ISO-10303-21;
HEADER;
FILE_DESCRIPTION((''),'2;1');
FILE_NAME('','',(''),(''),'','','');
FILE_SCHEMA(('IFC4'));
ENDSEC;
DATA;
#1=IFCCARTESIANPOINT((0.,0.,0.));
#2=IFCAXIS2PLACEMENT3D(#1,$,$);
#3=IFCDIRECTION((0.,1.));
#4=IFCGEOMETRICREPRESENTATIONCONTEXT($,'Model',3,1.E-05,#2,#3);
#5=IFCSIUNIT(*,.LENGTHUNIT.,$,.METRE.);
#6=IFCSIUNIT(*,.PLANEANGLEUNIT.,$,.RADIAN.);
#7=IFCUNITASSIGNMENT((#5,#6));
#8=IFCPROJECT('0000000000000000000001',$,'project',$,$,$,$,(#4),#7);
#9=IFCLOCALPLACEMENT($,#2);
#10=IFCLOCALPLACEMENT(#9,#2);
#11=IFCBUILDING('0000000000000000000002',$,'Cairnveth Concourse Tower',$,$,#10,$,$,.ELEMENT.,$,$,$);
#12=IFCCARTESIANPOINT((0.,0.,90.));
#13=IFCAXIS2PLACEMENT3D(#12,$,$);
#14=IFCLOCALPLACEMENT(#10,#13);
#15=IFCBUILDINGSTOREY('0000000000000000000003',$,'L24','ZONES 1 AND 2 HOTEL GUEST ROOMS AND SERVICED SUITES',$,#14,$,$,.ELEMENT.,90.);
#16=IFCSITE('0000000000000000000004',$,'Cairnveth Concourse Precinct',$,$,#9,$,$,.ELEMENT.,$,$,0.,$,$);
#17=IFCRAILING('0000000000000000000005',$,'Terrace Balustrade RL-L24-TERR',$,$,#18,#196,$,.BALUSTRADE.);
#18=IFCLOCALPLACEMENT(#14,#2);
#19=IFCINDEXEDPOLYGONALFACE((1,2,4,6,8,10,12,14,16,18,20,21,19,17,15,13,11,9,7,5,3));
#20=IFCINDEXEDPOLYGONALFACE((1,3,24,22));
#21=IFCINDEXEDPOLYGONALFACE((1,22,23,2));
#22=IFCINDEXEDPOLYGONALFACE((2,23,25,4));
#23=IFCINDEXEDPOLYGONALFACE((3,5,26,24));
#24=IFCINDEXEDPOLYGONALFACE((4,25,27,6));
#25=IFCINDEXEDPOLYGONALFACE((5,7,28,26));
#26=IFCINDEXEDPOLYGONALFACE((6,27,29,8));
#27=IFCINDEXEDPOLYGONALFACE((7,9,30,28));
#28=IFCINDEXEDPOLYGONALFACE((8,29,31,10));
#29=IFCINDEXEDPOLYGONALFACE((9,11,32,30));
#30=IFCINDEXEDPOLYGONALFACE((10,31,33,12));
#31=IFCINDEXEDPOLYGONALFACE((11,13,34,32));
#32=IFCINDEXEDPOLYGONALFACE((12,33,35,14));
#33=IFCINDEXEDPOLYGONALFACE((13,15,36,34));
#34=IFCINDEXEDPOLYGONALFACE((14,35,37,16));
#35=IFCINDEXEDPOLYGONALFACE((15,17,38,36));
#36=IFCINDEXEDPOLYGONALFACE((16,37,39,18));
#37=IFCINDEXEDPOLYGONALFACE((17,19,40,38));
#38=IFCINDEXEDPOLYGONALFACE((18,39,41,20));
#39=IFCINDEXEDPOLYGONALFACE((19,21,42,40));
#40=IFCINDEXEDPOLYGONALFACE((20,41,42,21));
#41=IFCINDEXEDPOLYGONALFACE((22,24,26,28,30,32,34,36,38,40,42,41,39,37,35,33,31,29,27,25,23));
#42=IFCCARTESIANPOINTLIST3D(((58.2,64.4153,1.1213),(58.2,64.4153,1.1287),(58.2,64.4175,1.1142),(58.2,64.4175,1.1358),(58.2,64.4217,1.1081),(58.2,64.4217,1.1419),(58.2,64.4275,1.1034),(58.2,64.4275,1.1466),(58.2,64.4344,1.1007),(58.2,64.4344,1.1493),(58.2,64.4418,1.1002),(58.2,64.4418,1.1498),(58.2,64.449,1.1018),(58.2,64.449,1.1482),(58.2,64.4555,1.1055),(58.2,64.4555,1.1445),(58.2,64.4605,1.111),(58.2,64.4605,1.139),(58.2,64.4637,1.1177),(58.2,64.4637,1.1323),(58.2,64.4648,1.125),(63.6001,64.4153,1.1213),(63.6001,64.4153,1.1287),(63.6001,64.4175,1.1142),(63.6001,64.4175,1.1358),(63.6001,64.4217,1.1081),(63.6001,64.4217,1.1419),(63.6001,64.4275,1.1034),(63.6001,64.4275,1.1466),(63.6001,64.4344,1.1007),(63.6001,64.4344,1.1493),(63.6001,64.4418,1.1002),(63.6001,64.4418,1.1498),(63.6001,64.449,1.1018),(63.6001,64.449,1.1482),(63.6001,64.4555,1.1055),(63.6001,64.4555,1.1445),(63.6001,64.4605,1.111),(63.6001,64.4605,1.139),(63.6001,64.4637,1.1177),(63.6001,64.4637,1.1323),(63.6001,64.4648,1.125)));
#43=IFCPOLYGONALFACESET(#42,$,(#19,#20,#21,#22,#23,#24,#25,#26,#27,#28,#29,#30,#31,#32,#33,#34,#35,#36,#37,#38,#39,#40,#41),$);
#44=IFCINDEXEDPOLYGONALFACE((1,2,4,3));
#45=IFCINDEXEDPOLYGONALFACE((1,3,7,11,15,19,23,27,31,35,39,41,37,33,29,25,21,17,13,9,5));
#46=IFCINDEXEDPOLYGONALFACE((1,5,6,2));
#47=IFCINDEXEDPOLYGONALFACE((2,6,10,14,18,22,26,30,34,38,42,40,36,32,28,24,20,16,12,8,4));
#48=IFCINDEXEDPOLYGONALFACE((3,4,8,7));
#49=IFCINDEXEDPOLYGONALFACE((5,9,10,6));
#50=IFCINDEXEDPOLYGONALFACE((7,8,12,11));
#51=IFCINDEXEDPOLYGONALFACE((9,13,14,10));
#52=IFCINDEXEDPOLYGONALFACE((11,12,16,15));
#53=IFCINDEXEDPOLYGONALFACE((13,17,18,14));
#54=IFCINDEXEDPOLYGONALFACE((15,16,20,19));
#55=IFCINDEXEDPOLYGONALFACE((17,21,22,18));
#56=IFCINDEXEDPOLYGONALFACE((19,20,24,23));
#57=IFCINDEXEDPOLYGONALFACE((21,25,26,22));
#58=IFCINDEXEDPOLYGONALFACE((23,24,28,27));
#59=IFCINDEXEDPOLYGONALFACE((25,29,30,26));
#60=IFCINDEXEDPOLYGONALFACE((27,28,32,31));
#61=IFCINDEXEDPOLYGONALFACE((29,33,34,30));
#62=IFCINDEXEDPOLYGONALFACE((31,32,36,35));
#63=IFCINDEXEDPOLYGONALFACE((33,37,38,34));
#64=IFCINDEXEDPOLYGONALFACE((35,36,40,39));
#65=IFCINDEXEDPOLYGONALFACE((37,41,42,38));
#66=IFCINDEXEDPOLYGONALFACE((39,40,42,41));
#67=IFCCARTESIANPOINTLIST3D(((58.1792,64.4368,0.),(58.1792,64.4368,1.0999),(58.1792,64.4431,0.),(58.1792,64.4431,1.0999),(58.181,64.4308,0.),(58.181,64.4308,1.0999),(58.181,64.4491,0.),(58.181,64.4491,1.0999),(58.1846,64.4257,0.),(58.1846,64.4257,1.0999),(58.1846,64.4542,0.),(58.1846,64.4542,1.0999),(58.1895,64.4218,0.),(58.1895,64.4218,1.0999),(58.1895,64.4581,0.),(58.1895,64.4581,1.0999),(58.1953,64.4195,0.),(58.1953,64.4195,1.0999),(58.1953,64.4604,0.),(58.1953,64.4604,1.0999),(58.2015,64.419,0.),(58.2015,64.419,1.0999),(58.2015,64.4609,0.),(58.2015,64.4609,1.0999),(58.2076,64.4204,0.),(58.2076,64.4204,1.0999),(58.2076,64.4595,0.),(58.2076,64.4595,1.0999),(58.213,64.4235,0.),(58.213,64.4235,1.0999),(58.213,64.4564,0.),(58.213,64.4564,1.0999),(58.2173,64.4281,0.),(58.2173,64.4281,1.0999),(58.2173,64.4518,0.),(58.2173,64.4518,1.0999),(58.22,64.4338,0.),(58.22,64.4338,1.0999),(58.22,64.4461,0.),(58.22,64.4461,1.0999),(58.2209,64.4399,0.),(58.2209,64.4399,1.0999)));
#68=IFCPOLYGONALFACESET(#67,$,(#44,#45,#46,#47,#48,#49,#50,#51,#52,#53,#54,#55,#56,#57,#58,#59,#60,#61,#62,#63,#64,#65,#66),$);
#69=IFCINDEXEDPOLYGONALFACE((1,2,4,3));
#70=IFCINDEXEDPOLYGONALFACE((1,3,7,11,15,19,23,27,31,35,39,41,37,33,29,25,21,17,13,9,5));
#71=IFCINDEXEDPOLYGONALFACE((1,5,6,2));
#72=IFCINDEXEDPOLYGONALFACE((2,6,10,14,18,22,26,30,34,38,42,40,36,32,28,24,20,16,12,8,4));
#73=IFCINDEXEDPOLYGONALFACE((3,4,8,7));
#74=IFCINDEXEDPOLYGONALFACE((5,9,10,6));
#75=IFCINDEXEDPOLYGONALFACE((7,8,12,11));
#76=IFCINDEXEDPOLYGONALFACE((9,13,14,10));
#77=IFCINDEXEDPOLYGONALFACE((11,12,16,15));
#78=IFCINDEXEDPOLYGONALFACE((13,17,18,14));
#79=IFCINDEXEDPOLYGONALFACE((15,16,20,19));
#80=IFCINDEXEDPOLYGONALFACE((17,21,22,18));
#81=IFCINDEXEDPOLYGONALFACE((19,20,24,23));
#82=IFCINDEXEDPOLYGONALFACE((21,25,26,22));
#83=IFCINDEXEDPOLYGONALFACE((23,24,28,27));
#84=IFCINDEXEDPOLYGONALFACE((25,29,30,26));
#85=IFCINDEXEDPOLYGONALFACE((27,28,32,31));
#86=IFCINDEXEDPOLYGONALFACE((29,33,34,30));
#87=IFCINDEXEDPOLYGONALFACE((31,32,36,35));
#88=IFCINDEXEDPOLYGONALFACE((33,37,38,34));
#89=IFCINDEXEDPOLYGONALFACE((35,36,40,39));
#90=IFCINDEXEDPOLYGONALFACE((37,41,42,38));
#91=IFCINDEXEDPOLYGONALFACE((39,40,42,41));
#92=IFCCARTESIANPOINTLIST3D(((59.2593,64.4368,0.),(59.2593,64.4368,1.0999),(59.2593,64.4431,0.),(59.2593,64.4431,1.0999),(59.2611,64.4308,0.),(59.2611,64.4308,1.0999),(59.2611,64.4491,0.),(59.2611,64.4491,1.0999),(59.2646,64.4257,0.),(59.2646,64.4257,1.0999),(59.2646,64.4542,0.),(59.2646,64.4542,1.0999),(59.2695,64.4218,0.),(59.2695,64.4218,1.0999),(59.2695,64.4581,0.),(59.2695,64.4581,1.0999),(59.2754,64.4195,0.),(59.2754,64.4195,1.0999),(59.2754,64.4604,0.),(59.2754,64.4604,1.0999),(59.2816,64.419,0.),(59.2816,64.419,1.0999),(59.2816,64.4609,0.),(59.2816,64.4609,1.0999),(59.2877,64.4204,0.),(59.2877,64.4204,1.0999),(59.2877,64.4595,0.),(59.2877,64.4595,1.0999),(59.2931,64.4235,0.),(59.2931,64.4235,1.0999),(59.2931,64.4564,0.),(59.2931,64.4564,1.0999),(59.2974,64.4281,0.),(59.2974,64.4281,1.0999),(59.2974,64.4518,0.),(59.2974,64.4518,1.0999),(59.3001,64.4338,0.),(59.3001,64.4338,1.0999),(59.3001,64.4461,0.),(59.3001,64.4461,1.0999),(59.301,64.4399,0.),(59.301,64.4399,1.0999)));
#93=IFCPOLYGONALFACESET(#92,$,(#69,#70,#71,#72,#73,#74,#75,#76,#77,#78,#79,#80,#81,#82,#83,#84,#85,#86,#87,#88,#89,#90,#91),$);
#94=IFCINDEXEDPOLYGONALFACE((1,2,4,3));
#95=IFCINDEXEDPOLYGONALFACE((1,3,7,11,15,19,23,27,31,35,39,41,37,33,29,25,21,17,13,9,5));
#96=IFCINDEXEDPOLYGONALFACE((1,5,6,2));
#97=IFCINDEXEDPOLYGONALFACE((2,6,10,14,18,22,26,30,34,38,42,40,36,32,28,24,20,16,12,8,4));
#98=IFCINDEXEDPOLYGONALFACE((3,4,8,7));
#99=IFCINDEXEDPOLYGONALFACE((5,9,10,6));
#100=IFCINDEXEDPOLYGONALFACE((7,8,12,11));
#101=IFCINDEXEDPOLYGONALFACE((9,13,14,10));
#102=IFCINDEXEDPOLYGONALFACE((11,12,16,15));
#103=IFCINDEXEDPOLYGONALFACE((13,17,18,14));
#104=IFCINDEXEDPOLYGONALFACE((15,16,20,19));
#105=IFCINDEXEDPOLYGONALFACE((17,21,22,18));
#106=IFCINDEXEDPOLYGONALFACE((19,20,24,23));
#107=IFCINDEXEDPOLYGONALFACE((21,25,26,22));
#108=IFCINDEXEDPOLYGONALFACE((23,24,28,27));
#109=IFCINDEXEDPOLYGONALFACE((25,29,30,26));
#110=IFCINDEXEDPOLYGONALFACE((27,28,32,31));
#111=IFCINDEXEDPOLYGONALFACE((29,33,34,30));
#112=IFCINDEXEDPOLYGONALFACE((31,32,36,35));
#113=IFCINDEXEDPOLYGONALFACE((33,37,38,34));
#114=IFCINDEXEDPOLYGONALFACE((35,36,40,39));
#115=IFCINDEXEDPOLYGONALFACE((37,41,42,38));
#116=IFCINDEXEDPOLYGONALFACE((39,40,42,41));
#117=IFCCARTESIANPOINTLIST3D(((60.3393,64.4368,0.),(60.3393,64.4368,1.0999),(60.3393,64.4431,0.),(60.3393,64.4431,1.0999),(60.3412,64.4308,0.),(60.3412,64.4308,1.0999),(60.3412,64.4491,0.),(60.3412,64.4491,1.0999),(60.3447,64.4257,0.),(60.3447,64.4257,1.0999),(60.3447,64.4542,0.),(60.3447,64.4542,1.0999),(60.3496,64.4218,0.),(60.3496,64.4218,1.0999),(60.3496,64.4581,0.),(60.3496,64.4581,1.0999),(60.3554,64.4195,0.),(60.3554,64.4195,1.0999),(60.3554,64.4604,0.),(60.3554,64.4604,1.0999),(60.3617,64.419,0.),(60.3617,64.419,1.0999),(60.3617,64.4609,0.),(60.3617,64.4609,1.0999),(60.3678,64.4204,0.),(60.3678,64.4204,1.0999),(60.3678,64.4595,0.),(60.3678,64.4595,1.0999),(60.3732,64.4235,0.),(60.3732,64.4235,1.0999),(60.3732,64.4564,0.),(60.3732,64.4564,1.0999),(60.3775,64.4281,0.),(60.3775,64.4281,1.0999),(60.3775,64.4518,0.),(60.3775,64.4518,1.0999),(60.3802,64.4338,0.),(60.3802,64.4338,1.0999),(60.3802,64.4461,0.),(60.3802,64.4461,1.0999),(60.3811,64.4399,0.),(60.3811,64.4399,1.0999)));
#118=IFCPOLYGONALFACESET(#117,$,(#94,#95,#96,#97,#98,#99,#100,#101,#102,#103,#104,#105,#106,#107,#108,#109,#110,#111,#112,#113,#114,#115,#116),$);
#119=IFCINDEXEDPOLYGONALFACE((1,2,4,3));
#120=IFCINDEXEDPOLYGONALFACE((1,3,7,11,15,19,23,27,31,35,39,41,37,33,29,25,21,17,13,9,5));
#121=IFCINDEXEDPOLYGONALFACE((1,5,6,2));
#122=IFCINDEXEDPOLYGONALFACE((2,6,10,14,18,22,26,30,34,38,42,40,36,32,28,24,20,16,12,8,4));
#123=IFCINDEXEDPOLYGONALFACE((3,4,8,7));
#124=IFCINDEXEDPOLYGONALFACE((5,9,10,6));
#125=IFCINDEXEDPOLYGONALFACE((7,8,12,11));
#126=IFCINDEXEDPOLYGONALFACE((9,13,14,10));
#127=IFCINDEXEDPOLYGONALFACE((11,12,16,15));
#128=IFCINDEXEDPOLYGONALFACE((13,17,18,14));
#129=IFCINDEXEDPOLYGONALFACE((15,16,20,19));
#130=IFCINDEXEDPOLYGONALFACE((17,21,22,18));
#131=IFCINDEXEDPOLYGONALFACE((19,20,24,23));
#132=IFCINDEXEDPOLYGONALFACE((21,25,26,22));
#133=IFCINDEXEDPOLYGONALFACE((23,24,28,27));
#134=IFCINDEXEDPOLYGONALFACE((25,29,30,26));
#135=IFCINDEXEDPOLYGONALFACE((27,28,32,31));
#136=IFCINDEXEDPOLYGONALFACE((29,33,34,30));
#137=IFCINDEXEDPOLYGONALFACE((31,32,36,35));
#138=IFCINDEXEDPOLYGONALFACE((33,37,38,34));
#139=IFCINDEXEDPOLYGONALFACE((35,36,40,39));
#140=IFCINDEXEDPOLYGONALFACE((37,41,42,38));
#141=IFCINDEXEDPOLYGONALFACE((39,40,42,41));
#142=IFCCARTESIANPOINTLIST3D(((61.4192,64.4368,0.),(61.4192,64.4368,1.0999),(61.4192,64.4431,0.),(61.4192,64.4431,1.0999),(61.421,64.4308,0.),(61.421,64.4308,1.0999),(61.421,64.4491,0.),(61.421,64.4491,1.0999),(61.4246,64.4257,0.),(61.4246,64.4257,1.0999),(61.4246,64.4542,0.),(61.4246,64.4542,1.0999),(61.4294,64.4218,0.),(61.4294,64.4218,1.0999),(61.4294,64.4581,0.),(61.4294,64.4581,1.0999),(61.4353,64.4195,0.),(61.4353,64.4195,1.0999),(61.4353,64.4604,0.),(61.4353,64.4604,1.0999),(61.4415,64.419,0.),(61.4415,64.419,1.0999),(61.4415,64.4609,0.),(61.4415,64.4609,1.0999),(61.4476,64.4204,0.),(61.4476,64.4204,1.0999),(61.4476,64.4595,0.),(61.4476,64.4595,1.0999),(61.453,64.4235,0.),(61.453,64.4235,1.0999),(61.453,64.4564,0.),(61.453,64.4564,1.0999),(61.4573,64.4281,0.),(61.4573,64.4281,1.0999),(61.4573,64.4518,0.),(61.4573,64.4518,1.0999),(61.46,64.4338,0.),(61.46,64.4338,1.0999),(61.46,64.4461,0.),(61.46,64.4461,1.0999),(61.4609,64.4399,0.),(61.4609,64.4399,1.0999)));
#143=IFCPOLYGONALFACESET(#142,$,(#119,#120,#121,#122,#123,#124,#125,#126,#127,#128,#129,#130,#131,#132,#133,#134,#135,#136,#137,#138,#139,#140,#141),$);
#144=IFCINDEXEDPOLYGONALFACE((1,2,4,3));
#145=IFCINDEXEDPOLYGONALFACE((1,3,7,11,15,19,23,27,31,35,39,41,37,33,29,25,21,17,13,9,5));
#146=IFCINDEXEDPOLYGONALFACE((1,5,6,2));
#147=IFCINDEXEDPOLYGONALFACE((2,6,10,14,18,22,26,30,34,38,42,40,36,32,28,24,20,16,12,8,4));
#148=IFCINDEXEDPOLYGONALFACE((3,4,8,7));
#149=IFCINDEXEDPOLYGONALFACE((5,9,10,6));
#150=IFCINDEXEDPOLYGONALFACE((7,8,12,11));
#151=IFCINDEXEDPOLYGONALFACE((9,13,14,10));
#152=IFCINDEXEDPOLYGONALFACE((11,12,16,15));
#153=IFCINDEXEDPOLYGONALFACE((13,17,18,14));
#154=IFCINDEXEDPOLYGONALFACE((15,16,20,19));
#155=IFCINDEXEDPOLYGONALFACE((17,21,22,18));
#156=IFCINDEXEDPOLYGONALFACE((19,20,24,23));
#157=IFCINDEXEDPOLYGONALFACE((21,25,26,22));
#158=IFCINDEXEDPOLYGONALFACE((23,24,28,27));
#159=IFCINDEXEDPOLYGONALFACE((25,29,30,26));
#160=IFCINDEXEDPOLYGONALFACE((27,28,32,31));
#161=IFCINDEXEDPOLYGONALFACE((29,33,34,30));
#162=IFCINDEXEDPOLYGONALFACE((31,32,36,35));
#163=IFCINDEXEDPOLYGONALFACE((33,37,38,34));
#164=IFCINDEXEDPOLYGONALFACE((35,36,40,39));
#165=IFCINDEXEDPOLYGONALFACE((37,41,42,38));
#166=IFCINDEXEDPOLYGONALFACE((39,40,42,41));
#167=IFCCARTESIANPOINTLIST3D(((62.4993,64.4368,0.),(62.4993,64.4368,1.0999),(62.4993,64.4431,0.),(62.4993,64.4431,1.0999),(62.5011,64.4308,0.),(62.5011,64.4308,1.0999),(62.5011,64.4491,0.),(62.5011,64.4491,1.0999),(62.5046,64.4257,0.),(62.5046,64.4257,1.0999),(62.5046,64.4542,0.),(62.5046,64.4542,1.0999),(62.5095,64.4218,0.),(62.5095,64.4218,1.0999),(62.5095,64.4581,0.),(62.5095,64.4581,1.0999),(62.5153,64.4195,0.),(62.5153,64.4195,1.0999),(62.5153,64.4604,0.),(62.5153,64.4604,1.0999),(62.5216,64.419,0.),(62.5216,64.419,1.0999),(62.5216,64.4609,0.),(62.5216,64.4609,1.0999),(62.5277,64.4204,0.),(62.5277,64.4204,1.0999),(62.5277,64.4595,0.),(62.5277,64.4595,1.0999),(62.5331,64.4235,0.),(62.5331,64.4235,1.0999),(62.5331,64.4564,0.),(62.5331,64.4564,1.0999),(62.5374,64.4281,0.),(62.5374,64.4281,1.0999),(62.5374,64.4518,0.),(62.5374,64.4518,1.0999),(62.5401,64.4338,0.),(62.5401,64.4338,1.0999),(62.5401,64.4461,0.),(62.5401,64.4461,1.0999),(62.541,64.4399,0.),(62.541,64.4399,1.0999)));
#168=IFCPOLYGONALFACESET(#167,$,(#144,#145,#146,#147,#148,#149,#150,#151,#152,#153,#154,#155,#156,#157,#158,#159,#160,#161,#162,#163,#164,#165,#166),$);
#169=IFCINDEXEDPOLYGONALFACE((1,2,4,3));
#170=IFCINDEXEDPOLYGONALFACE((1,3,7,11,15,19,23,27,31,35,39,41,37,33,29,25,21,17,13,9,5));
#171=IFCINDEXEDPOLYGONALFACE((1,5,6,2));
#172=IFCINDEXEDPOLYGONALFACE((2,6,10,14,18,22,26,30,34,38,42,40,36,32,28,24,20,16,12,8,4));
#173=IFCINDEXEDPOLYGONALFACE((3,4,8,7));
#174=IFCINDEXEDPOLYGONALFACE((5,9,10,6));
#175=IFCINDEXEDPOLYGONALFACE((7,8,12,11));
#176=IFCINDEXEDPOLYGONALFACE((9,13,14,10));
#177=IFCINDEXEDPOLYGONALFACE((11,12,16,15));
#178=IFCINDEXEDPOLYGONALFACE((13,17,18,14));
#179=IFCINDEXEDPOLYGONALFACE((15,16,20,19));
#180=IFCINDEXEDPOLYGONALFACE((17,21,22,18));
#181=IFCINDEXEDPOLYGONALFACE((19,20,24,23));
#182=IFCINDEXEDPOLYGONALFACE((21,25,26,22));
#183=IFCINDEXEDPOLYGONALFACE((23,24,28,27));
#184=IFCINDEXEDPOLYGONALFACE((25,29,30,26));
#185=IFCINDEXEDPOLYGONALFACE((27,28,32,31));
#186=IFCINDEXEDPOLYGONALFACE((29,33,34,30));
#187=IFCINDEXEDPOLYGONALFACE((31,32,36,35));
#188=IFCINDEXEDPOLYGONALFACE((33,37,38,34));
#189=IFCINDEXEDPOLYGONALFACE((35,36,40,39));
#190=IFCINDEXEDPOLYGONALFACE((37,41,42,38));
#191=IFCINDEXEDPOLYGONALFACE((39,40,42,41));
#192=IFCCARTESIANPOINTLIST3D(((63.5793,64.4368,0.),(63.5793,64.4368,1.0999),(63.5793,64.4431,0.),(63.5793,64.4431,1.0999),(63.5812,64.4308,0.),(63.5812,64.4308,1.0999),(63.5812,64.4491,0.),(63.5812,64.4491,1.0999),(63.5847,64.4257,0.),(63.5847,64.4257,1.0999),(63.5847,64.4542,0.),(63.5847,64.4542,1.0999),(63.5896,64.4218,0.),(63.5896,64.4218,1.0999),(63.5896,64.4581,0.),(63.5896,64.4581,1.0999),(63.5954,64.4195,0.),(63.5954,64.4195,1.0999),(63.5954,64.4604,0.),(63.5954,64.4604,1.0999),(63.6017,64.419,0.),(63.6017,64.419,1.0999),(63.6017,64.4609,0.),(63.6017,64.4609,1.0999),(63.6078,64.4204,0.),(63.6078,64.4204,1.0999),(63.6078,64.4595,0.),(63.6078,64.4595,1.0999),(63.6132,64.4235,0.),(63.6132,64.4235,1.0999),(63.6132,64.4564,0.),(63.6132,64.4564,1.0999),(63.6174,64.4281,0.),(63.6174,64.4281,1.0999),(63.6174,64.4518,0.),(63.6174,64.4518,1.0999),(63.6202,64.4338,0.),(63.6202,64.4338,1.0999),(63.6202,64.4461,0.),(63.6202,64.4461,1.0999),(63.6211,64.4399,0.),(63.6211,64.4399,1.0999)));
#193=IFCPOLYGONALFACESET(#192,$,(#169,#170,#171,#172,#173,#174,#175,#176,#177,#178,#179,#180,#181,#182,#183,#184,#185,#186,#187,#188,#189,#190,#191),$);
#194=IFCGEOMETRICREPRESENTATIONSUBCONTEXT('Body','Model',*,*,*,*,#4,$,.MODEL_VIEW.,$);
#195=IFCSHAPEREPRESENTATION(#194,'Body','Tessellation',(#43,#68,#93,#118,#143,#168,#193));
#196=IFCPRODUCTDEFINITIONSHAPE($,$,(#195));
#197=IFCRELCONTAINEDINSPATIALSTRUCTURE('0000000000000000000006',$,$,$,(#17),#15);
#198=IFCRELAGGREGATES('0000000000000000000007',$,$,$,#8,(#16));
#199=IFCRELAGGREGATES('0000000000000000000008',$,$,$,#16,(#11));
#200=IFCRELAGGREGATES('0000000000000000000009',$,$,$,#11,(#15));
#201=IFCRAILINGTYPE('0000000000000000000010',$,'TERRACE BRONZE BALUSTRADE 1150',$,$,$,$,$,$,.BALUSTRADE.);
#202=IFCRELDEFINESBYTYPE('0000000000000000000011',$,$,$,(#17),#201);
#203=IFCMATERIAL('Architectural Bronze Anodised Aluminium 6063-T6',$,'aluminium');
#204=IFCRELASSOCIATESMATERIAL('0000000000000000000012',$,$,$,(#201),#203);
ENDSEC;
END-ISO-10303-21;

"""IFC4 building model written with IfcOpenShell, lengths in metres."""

from ifc_helpers import new_model, si_unit, direction, frame, origin, origin_2d, place, context, subcontext, project, spatial, circle, extrude, material, type_object, element, save


model = new_model("IFC4")

# Units and contexts
model_context = context("Model", 3, precision=1e-05, world=origin(), true_north=direction((0.0, 1.0)))
body_context = subcontext(model_context, "Body", "Model", "MODEL_VIEW")
ifc_project = project(units=[si_unit("LENGTHUNIT", "METRE"), si_unit("PLANEANGLEUNIT", "RADIAN")], contexts=[model_context])

# Site, building, storey
site_placement = place(None, origin())
site = spatial("IfcSite", under=ifc_project, at=site_placement, Name="Cairnveth Concourse Precinct", CompositionType="ELEMENT", RefElevation=0.0)
building_placement = place(site_placement, origin())
building = spatial("IfcBuilding", under=site, at=building_placement, Name="Cairnveth Concourse Tower", CompositionType="ELEMENT")
storey_placement = place(building_placement, frame((0.0, 0.0, 90.0)))
storey = spatial("IfcBuildingStorey", under=building, at=storey_placement, Name="L24", Description="ZONES 1 AND 2 HOTEL GUEST ROOMS AND SERVICED SUITES", CompositionType="ELEMENT", Elevation=90.0)

# Shared definitions
ifc_material_1 = material(Name="Architectural Bronze Anodised Aluminium 6063-T6", Category="aluminium")

# Railing
railing_type = type_object("IfcRailingType", Name="TERRACE BRONZE BALUSTRADE 1150", PredefinedType="BALUSTRADE", material=ifc_material_1)
railing_placement = place(storey_placement, frame((58.2, 64.4399, 0.0)))
element("IfcRailing", 1, at=railing_placement, inside=storey, type_object=railing_type, Name="Terrace Balustrade RL-L24-TERR", PredefinedType="BALUSTRADE", context=body_context, shape_type="SweptSolid", body=[
    extrude(circle(Radius=0.0249, at=origin_2d()), frame((0.0, 0.0, 1.125), z_axis=(1.0, 0.0, 0.0), x_axis=(0.0, 1.0, 0.0)), (0.0, 0.0, 1.0), 5.4001),
    extrude(circle(Radius=0.021, at=origin_2d()), origin(), (0.0, 0.0, 1.0), 1.0999),
    extrude(circle(Radius=0.021, at=origin_2d()), frame((1.0801, 0.0, 0.0)), (0.0, 0.0, 1.0), 1.0999),
    extrude(circle(Radius=0.021, at=origin_2d()), frame((2.1602, 0.0, 0.0)), (0.0, 0.0, 1.0), 1.0999),
    extrude(circle(Radius=0.021, at=origin_2d()), frame((3.24, 0.0, 0.0)), (0.0, 0.0, 1.0), 1.0999),
    extrude(circle(Radius=0.021, at=origin_2d()), frame((4.3201, 0.0, 0.0)), (0.0, 0.0, 1.0), 1.0999),
    extrude(circle(Radius=0.021, at=origin_2d()), frame((5.4001, 0.0, 0.0)), (0.0, 0.0, 1.0), 1.0999),
])

save(model, "model.ifc")
